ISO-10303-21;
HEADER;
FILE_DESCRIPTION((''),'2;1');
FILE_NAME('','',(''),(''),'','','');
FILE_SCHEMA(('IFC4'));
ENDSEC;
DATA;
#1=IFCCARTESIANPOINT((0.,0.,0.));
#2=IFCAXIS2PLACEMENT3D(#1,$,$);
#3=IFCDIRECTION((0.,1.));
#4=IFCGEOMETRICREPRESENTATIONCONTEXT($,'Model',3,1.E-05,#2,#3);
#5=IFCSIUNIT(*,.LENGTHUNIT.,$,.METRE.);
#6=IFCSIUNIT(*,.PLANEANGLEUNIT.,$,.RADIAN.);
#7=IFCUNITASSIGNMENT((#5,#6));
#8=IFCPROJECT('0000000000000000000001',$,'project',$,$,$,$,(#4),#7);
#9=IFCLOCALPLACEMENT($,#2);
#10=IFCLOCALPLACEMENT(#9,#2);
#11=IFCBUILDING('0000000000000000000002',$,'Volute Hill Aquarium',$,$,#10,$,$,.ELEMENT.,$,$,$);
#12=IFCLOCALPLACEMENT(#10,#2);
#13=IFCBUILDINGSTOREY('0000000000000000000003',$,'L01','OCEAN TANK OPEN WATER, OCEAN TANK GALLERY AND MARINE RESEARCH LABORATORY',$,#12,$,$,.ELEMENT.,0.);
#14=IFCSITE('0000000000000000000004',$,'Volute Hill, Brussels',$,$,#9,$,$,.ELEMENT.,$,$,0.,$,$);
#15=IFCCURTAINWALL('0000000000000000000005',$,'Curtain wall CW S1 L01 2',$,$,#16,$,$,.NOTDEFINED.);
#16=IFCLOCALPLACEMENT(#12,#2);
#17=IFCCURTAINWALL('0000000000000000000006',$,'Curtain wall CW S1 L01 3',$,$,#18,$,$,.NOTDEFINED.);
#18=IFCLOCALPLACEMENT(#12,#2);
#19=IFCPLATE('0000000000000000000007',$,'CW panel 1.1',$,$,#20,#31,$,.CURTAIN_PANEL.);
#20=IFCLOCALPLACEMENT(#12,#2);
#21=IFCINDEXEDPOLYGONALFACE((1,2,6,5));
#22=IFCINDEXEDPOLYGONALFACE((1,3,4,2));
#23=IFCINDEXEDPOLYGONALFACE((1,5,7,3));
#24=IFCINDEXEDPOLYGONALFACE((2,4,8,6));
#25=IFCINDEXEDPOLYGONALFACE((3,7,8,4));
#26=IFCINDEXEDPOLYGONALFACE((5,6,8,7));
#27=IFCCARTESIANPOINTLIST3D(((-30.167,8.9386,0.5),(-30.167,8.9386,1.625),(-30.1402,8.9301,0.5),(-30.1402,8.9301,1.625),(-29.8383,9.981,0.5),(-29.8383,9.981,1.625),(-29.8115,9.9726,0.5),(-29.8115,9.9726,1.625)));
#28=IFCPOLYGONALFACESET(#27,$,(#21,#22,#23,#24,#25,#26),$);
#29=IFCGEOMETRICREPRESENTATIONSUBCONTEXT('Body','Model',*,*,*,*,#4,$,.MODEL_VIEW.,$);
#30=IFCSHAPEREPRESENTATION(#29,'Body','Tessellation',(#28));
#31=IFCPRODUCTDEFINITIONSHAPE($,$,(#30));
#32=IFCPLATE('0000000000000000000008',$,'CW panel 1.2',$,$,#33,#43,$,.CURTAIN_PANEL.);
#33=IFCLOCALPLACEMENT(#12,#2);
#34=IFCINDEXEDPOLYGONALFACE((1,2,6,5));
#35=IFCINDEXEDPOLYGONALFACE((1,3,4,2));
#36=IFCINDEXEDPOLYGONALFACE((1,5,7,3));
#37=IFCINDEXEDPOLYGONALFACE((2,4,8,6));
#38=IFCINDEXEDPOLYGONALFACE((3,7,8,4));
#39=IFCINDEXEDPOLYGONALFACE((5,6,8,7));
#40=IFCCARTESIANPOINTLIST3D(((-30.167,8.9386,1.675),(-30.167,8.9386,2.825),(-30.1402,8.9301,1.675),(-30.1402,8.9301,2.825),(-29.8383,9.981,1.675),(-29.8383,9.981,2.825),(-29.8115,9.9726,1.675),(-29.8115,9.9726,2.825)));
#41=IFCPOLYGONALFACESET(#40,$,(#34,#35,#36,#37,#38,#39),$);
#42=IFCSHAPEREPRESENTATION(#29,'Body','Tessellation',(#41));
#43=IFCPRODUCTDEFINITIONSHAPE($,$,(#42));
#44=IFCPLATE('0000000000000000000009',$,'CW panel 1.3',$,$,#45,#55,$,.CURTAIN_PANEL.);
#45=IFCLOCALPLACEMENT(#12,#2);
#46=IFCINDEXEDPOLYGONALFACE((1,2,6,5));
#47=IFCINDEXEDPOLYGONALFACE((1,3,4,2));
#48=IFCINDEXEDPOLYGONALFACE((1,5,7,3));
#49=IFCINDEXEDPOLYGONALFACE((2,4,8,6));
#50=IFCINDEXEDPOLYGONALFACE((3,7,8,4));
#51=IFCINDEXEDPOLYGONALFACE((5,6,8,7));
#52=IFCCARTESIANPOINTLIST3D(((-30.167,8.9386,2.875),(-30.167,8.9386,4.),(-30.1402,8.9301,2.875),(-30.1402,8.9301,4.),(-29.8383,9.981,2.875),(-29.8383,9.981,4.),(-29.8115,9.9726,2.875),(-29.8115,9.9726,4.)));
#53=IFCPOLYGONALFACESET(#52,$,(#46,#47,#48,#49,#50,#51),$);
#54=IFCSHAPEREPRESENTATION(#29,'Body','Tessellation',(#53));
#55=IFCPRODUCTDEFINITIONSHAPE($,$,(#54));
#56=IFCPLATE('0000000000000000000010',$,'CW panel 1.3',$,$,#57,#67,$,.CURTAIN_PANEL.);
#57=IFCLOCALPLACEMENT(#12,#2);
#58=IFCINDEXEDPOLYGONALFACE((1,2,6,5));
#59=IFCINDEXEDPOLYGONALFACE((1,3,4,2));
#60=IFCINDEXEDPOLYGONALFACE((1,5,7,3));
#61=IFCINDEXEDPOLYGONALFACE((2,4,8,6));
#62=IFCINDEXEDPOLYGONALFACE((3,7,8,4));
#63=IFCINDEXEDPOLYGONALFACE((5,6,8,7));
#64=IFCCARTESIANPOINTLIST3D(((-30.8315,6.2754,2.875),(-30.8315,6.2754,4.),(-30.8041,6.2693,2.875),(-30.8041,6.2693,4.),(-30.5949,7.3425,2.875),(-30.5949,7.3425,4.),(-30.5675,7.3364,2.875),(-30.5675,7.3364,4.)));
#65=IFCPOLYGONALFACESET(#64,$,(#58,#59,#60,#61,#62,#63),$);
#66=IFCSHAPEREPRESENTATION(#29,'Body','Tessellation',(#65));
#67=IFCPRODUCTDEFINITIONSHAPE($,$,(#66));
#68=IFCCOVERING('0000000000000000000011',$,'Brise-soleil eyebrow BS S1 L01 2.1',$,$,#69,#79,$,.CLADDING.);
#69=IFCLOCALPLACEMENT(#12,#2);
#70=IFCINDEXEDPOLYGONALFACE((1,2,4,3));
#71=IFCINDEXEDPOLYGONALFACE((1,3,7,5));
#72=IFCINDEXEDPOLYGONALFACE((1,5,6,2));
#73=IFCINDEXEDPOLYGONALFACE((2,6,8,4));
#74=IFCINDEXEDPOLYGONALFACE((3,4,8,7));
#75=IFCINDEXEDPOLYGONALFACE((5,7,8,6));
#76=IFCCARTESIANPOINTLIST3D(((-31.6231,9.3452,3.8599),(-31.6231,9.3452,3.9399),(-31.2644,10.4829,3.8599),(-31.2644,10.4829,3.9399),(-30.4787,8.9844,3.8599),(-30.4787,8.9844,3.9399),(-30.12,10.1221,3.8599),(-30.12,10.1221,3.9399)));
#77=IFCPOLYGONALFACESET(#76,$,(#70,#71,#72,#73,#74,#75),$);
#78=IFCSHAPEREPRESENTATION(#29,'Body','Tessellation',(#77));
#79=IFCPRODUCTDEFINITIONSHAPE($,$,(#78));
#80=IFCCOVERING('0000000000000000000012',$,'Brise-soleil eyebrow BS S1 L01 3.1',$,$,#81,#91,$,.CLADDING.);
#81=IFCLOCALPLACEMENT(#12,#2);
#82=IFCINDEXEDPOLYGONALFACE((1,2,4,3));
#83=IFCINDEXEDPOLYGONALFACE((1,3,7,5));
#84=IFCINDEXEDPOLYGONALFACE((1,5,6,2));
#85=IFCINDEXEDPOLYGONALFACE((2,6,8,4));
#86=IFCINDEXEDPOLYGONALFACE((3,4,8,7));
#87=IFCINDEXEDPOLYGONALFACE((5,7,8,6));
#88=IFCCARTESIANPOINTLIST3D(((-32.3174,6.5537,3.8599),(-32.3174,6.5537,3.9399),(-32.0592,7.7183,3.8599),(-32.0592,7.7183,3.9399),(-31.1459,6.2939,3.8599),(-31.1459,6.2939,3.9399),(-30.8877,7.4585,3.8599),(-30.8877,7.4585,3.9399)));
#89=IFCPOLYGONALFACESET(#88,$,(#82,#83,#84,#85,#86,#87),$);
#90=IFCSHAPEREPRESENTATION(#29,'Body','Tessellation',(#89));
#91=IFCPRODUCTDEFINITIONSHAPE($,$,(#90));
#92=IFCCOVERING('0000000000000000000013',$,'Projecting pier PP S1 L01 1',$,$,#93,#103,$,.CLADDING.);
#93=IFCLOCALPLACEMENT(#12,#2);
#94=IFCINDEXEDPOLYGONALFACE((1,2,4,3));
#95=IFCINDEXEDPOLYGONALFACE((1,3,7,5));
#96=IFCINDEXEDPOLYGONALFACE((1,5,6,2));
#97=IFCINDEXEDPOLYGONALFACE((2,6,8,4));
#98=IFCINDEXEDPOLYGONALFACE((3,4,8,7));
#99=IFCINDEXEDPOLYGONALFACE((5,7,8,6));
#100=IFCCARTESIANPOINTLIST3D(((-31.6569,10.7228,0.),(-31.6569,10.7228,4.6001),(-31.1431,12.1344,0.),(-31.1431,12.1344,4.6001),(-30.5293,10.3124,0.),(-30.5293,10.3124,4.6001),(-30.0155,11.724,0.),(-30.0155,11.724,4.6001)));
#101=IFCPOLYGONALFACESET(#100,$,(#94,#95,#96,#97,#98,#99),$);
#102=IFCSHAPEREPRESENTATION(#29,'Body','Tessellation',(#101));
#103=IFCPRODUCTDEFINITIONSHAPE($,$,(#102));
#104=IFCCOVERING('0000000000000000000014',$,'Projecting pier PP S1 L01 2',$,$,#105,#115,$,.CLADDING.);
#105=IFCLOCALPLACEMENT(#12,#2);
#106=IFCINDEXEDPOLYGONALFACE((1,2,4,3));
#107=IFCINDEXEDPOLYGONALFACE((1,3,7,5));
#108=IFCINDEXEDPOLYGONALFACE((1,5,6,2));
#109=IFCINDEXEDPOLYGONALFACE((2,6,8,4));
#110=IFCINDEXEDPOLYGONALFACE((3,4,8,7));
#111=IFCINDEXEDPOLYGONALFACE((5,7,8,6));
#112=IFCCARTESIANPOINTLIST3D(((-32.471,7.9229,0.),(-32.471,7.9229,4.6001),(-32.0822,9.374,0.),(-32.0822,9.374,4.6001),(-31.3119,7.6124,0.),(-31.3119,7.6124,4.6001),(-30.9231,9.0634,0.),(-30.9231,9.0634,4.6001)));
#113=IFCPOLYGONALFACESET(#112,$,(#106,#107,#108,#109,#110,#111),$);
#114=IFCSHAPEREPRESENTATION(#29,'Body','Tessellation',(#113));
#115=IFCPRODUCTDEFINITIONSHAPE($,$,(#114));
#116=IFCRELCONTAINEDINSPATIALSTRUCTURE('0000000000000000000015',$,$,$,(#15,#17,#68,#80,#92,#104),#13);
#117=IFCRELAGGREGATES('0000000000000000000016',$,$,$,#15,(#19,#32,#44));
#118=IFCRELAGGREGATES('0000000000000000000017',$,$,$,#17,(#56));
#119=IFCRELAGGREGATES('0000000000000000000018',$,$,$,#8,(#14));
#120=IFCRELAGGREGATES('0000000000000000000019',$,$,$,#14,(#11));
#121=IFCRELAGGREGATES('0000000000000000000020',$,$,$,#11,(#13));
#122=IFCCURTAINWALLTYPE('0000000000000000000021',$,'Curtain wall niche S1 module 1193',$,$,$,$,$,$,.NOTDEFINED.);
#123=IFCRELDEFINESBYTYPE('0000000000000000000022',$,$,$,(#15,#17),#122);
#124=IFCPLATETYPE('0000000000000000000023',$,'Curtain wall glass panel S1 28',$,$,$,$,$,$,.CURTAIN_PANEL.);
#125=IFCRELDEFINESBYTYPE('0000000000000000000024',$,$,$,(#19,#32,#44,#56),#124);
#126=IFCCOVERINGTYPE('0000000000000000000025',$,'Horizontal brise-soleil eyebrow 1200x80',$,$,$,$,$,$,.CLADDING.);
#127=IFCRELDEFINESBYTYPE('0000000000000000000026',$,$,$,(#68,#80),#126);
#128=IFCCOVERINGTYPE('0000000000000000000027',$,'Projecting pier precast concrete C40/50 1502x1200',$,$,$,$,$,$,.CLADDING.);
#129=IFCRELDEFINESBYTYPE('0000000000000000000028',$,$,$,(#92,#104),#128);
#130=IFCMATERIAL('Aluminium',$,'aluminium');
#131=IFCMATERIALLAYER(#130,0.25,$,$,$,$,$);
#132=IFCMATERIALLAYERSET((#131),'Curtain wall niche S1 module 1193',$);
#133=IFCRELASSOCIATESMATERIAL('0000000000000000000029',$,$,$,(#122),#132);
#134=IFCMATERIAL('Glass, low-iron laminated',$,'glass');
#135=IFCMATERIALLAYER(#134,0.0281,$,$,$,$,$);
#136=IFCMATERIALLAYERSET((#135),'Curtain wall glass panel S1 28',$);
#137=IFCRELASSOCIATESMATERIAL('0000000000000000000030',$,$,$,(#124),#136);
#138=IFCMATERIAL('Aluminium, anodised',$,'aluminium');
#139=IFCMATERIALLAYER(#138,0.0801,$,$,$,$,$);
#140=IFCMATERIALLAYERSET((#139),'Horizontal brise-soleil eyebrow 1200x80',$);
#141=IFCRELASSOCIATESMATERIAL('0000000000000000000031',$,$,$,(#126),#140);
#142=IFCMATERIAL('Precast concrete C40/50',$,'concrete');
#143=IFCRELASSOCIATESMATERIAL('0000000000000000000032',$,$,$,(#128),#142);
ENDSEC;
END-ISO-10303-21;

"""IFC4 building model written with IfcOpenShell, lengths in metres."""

from ifc_helpers import new_model, si_unit, direction, frame, origin, origin_2d, place, context, subcontext, project, spatial, rectangle, extrude, material, layer, layer_set, type_object, element, aggregate, save


model = new_model("IFC4")

# Units and contexts
model_context = context("Model", 3, precision=1e-05, world=origin(), true_north=direction((0.0, 1.0)))
body_context = subcontext(model_context, "Body", "Model", "MODEL_VIEW")
ifc_project = project(units=[si_unit("LENGTHUNIT", "METRE"), si_unit("PLANEANGLEUNIT", "RADIAN")], contexts=[model_context])

# Site, building, storey
site_placement = place(None, origin())
site = spatial("IfcSite", under=ifc_project, at=site_placement, Name="Volute Hill, Brussels", CompositionType="ELEMENT", RefElevation=0.0)
building_placement = place(site_placement, origin())
building = spatial("IfcBuilding", under=site, at=building_placement, Name="Volute Hill Aquarium", CompositionType="ELEMENT")
storey_placement = place(building_placement, origin())
storey = spatial("IfcBuildingStorey", under=building, at=storey_placement, Name="L01", Description="OCEAN TANK OPEN WATER, OCEAN TANK GALLERY AND MARINE RESEARCH LABORATORY", CompositionType="ELEMENT", Elevation=0.0)

# Curtain walls
ifc_material_1 = material(Name="Aluminium", Category="aluminium")
ifc_layer_1 = layer(ifc_material_1, 0.25)
ifc_layer_set_1 = layer_set([ifc_layer_1], Name="Curtain wall niche S1 module 1193")
curtain_wall_type = type_object("IfcCurtainWallType", Name="Curtain wall niche S1 module 1193", PredefinedType="NOTDEFINED", material=ifc_layer_set_1)
curtain_wall_1_placement = place(storey_placement, origin())
curtain_wall_1 = element("IfcCurtainWall", 1, at=curtain_wall_1_placement, inside=storey, type_object=curtain_wall_type, Name="Curtain wall CW S1 L01 2", PredefinedType="NOTDEFINED")
curtain_wall_2_placement = place(storey_placement, origin())
curtain_wall_2 = element("IfcCurtainWall", 2, at=curtain_wall_2_placement, inside=storey, type_object=curtain_wall_type, Name="Curtain wall CW S1 L01 3", PredefinedType="NOTDEFINED")

# Plates
ifc_material_2 = material(Name="Glass, low-iron laminated", Category="glass")
ifc_layer_2 = layer(ifc_material_2, 0.0281)
ifc_layer_set_2 = layer_set([ifc_layer_2], Name="Curtain wall glass panel S1 28")
plate_type = type_object("IfcPlateType", Name="Curtain wall glass panel S1 28", PredefinedType="CURTAIN_PANEL", material=ifc_layer_set_2)
plate_1_placement = place(storey_placement, frame((-29.9893, 9.4556, 0.5), z_axis=(0.0, 0.0, 1.0), x_axis=(-0.300702, -0.953718, 0.0)))
plate_1 = element("IfcPlate", 3, at=plate_1_placement, type_object=plate_type, Name="CW panel 1.1", PredefinedType="CURTAIN_PANEL", context=body_context, shape_type="SweptSolid", body=[
    extrude(rectangle(XDim=1.093, YDim=0.0281, at=origin_2d()), origin(), (0.0, 0.0, 1.0), 1.125),
])
plate_2_placement = place(storey_placement, frame((-29.9893, 9.4556, 1.675), z_axis=(0.0, 0.0, 1.0), x_axis=(-0.300702, -0.953718, 0.0)))
plate_2 = element("IfcPlate", 4, at=plate_2_placement, type_object=plate_type, Name="CW panel 1.2", PredefinedType="CURTAIN_PANEL", context=body_context, shape_type="SweptSolid", body=[
    extrude(rectangle(XDim=1.093, YDim=0.0281, at=origin_2d()), origin(), (0.0, 0.0, 1.0), 1.1499),
])
plate_3_placement = place(storey_placement, frame((-29.9893, 9.4556, 2.875), z_axis=(0.0, 0.0, 1.0), x_axis=(-0.300702, -0.953718, 0.0)))
plate_3 = element("IfcPlate", 5, at=plate_3_placement, type_object=plate_type, Name="CW panel 1.3", PredefinedType="CURTAIN_PANEL", context=body_context, shape_type="SweptSolid", body=[
    extrude(rectangle(XDim=1.093, YDim=0.0281, at=origin_2d()), origin(), (0.0, 0.0, 1.0), 1.125),
])
aggregate(curtain_wall_1, [plate_1, plate_2, plate_3])
plate_4_placement = place(storey_placement, frame((-30.6995, 6.8059, 2.875), z_axis=(0.0, 0.0, 1.0), x_axis=(-0.216458, -0.976292, 0.0)))
plate_4 = element("IfcPlate", 6, at=plate_4_placement, type_object=plate_type, Name="CW panel 1.3", PredefinedType="CURTAIN_PANEL", context=body_context, shape_type="SweptSolid", body=[
    extrude(rectangle(XDim=1.093, YDim=0.0281, at=origin_2d()), origin(), (0.0, 0.0, 1.0), 1.125),
])
aggregate(curtain_wall_2, [plate_4])

# Coverings
ifc_material_3 = material(Name="Aluminium, anodised", Category="aluminium")
ifc_layer_3 = layer(ifc_material_3, 0.0801)
ifc_layer_set_3 = layer_set([ifc_layer_3], Name="Horizontal brise-soleil eyebrow 1200x80")
covering_type_1 = type_object("IfcCoveringType", Name="Horizontal brise-soleil eyebrow 1200x80", PredefinedType="CLADDING", material=ifc_layer_set_3)
for number, where, z_axis, x_axis, name in (
    (7, (-30.8716, 9.7336, 3.8599), (0.0, 0.0, 1.0), (-0.3007, -0.953719, 0.0), "Brise-soleil eyebrow BS S1 L01 2.1"),
    (8, (-31.6025, 7.0061, 3.8599), (0.0, 0.0, 1.0), (-0.216461, -0.976291, 0.0), "Brise-soleil eyebrow BS S1 L01 3.1"),
):
    element("IfcCovering", number, at=place(storey_placement, frame(where, z_axis=z_axis, x_axis=x_axis)), inside=storey, type_object=covering_type_1, Name=name, PredefinedType="CLADDING", context=body_context, shape_type="SweptSolid", body=[
        extrude(rectangle(XDim=1.1929, YDim=1.2, at=origin_2d()), origin(), (0.0, 0.0, 1.0), 0.0801),
    ])
ifc_material_4 = material(Name="Precast concrete C40/50", Category="concrete")
covering_type_2 = type_object("IfcCoveringType", Name="Projecting pier precast concrete C40/50 1502x1200", PredefinedType="CLADDING", material=ifc_material_4)
for number, where, z_axis, x_axis, name in (
    (9, (-30.8362, 11.2234, 0.0), (0.0, 0.0, 1.0), (-0.34202, -0.939693, 0.0), "Projecting pier PP S1 L01 1"),
    (10, (-31.697, 8.4932, 0.0), (0.0, 0.0, 1.0), (-0.258819, -0.965926, 0.0), "Projecting pier PP S1 L01 2"),
):
    element("IfcCovering", number, at=place(storey_placement, frame(where, z_axis=z_axis, x_axis=x_axis)), inside=storey, type_object=covering_type_2, Name=name, PredefinedType="CLADDING", context=body_context, shape_type="SweptSolid", body=[
        extrude(rectangle(XDim=1.5022, YDim=1.2, at=origin_2d()), origin(), (0.0, 0.0, 1.0), 4.6001),
    ])

save(model, "model.ifc")
